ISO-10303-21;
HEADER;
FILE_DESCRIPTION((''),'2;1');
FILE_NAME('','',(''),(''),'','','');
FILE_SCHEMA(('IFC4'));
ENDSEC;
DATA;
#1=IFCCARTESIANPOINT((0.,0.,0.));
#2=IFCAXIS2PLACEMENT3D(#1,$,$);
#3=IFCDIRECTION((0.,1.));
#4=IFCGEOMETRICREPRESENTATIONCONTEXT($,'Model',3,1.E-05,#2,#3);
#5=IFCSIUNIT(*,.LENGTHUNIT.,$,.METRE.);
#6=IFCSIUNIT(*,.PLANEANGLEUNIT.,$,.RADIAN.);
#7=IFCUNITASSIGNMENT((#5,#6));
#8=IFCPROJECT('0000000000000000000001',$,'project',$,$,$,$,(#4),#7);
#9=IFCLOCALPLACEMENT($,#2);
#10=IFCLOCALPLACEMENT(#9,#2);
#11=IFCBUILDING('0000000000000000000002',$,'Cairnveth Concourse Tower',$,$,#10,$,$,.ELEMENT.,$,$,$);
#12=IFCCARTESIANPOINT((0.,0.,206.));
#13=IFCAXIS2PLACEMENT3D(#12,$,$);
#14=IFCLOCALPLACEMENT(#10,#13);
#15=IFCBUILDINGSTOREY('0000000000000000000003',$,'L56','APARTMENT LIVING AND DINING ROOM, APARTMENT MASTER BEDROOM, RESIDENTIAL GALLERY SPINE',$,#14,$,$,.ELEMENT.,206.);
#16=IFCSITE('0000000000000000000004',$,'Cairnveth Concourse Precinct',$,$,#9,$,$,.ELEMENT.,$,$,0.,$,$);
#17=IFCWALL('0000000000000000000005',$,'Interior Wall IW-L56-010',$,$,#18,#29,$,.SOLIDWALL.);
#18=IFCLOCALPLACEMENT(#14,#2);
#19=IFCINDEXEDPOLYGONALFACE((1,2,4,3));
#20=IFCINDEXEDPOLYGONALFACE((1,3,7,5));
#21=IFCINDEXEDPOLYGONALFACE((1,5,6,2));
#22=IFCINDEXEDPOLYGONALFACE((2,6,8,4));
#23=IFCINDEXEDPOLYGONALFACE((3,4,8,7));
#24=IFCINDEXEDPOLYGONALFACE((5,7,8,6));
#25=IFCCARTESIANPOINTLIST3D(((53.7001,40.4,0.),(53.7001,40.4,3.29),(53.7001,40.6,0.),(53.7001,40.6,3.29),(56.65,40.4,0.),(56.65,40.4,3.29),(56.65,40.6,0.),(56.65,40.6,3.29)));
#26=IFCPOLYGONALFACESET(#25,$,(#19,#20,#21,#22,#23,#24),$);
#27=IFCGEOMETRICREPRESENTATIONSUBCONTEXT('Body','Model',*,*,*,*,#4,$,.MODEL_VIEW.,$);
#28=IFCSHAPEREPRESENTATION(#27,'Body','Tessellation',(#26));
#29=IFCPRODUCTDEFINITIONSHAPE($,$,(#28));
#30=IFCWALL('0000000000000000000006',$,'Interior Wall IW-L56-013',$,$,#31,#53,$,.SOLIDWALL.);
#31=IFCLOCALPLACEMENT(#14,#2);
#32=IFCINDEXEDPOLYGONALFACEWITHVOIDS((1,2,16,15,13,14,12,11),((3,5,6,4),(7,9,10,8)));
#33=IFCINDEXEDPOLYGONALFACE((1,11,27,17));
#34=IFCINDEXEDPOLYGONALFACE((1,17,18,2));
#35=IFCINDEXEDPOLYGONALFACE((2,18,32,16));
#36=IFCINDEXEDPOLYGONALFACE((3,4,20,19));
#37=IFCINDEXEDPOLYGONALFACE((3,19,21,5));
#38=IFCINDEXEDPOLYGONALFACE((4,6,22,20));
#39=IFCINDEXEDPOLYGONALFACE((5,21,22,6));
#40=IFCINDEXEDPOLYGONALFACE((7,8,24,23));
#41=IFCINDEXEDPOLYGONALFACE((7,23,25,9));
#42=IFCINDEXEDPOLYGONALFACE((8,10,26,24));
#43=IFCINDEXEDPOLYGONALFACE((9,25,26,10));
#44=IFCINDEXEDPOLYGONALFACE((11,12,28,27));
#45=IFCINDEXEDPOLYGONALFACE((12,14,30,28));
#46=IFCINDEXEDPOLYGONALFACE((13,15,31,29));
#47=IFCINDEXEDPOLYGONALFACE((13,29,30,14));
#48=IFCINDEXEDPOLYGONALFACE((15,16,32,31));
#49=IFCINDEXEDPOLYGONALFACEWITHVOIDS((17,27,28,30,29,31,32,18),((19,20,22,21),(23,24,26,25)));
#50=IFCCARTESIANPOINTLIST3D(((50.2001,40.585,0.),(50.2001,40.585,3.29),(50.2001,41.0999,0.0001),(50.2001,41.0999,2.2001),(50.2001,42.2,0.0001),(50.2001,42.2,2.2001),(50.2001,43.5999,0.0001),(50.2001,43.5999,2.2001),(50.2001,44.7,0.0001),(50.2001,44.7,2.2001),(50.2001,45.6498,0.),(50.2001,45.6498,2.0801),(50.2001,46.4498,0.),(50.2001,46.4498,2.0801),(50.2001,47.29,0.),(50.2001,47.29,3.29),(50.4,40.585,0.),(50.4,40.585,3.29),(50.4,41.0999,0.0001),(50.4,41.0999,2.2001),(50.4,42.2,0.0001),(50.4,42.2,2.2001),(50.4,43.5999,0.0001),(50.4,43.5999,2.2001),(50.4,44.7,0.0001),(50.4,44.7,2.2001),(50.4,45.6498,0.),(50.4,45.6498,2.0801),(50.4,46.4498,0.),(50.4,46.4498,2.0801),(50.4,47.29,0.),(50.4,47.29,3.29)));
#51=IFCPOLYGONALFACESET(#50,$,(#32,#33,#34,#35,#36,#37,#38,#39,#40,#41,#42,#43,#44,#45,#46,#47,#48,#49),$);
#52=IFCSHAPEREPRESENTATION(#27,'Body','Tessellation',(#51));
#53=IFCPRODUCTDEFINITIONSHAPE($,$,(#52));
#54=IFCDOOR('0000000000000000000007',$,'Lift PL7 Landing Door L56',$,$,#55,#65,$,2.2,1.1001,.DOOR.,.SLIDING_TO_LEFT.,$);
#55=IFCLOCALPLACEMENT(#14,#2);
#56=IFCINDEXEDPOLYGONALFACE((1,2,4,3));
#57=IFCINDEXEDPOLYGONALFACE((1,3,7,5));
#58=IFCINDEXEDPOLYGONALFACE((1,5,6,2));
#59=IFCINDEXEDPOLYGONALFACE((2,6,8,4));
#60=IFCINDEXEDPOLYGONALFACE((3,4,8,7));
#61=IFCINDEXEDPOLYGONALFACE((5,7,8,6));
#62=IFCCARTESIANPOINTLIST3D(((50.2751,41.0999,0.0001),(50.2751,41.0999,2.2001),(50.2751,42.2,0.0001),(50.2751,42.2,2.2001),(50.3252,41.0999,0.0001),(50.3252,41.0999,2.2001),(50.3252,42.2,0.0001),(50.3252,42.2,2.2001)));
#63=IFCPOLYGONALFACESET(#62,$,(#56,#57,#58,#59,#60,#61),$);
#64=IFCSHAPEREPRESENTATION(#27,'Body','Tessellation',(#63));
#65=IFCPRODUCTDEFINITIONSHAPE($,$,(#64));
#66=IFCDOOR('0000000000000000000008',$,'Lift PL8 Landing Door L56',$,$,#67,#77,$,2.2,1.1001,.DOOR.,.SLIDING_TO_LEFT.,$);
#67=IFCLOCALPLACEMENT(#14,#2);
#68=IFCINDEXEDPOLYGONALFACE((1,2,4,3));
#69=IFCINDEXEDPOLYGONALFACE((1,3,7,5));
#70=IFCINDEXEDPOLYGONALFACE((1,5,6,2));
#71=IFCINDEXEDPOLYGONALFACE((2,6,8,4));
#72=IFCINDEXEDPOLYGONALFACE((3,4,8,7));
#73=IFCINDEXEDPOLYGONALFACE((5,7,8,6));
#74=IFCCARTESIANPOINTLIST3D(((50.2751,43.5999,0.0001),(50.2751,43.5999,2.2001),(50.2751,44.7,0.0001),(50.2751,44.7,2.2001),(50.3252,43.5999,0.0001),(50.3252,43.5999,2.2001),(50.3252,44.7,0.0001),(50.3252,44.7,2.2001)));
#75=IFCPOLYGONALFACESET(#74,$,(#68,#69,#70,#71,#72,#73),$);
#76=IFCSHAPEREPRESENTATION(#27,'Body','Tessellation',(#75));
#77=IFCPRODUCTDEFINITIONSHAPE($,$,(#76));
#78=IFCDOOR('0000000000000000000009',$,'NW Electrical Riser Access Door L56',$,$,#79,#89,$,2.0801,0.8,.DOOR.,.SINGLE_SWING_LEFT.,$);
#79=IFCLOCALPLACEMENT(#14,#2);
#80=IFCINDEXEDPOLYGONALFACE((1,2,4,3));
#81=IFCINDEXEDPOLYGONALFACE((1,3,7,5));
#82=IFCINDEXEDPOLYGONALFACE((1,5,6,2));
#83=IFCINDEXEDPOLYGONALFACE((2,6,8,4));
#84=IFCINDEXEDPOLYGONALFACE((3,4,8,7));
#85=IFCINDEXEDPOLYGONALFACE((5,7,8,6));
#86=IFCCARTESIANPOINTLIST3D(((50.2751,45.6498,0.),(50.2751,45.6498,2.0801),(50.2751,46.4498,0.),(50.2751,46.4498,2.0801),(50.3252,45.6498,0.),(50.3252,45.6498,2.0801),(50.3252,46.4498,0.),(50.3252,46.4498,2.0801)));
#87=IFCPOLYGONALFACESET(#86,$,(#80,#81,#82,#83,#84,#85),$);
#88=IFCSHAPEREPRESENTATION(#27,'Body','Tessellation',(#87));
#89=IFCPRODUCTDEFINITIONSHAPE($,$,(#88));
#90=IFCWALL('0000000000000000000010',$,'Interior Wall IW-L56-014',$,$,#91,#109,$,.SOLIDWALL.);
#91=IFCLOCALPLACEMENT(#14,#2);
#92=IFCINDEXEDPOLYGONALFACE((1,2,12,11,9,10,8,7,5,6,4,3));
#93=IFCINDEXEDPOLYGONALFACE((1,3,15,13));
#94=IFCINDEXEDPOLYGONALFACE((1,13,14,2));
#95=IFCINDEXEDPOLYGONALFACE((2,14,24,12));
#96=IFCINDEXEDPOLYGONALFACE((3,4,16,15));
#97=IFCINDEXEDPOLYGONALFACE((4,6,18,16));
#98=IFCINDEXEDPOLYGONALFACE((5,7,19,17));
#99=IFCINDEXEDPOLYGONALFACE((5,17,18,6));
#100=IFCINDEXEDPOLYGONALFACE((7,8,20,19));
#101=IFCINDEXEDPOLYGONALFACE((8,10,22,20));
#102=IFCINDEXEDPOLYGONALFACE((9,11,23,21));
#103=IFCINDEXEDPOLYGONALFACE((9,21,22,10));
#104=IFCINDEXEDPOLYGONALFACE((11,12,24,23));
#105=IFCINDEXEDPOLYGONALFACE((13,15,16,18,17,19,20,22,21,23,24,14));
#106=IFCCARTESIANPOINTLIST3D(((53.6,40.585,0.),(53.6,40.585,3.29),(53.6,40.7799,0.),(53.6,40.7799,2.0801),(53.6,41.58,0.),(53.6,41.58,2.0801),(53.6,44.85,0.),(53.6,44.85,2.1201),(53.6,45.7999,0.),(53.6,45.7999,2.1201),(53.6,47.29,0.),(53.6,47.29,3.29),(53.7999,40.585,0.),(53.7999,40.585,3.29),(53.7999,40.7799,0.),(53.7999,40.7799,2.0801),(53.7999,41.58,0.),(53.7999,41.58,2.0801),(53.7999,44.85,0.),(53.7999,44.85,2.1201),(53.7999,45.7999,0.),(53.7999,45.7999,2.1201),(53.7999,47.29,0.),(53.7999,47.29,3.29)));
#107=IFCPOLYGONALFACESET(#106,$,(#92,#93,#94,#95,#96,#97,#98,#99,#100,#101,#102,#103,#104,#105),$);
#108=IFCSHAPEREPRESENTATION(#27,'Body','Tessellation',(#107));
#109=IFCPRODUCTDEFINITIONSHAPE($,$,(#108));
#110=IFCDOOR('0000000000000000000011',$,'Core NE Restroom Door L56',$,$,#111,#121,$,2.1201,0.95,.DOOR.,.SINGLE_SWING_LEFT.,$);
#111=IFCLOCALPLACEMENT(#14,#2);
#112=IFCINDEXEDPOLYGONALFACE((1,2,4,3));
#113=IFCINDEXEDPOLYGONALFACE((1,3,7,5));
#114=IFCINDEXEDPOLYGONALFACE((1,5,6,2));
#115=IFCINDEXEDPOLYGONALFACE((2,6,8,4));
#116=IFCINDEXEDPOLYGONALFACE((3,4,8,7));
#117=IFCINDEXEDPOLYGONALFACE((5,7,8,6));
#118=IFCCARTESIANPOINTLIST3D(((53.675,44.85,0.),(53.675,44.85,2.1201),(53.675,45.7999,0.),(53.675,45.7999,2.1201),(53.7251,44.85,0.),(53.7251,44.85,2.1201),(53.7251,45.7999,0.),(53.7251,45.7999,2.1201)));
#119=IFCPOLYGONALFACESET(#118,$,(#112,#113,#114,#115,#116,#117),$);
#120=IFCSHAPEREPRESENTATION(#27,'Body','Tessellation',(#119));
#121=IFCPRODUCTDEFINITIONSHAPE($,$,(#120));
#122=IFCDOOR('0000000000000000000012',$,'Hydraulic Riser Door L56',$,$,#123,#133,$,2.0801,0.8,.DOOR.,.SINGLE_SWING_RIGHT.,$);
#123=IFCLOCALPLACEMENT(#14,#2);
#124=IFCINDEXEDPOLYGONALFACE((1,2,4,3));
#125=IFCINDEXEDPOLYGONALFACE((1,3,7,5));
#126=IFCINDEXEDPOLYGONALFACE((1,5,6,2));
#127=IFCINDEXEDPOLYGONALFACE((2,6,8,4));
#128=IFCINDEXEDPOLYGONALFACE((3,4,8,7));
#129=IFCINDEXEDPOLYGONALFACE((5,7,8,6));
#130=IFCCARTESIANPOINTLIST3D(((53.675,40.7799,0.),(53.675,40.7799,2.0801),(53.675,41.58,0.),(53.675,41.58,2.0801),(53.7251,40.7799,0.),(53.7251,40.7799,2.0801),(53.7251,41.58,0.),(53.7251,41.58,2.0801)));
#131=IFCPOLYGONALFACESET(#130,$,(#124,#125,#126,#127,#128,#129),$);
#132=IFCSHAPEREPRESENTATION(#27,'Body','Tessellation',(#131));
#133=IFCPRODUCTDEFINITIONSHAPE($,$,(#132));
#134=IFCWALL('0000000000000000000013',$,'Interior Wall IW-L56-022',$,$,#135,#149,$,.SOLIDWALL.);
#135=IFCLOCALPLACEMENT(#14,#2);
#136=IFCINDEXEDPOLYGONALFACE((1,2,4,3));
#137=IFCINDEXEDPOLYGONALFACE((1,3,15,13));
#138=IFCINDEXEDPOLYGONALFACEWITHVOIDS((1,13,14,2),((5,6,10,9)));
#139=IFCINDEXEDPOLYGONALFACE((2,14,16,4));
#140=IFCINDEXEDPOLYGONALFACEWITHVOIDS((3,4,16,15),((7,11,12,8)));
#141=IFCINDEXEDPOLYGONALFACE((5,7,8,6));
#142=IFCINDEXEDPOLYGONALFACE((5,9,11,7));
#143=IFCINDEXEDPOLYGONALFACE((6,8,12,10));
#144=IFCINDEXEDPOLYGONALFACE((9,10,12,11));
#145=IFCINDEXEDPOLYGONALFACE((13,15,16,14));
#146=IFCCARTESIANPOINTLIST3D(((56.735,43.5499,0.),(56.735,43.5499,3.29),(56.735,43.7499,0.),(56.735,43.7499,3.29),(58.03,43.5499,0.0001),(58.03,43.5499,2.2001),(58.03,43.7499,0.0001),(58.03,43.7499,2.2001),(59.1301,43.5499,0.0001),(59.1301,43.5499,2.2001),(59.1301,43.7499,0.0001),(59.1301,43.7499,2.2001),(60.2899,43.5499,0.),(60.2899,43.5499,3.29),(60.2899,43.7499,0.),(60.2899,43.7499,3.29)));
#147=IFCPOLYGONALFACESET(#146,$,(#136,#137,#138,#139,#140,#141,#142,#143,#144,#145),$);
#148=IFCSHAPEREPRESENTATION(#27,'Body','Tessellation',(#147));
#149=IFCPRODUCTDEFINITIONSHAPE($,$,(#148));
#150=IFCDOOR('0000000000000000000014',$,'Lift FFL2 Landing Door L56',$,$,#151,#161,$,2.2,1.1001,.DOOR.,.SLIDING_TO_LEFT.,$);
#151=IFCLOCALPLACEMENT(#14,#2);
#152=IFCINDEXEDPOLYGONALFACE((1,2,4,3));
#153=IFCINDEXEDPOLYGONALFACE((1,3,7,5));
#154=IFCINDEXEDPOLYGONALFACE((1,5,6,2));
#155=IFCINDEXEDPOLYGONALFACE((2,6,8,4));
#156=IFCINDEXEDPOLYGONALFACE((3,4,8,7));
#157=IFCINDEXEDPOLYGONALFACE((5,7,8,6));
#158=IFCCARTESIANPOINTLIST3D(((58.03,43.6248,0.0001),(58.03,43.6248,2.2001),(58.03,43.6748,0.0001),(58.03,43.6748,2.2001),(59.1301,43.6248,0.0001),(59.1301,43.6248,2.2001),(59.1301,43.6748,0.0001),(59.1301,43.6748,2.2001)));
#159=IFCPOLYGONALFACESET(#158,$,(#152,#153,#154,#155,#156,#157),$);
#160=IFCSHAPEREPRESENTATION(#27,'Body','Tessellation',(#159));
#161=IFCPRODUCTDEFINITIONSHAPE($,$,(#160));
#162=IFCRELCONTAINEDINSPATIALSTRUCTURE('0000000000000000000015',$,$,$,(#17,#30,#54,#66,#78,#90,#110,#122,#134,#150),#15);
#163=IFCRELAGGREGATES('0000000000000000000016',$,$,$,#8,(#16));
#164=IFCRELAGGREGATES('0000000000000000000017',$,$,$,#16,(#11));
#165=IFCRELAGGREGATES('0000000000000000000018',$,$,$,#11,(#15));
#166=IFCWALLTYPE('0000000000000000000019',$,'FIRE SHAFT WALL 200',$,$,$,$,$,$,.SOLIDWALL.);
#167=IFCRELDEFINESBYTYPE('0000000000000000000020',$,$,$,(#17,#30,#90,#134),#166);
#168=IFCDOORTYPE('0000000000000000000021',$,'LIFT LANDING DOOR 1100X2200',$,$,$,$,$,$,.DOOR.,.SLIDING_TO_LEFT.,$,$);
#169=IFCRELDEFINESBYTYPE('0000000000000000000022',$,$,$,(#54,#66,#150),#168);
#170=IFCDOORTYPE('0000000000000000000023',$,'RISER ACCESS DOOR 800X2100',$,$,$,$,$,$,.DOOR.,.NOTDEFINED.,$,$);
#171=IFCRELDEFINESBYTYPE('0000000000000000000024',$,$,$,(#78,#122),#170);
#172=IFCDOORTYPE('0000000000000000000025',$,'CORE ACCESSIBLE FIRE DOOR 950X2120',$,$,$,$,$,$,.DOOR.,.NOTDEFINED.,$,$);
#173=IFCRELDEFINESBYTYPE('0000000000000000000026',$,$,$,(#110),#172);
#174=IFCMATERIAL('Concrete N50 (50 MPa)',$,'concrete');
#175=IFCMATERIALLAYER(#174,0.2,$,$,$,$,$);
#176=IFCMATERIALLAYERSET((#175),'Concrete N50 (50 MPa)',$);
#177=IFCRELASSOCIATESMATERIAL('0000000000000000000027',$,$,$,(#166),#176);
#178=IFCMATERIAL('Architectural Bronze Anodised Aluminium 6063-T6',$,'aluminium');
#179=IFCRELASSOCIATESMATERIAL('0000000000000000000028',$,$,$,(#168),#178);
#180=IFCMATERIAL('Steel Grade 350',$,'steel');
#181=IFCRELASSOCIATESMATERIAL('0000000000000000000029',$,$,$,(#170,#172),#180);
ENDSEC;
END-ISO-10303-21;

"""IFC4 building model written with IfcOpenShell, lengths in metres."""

from ifc_helpers import new_model, si_unit, direction, frame, frame_2d, origin, place, context, subcontext, project, spatial, rectangle, extrude, material, layer, layer_set, type_object, element, fill, save


model = new_model("IFC4")

# Units and contexts
model_context = context("Model", 3, precision=1e-05, world=origin(), true_north=direction((0.0, 1.0)))
body_context = subcontext(model_context, "Body", "Model", "MODEL_VIEW")
ifc_project = project(units=[si_unit("LENGTHUNIT", "METRE"), si_unit("PLANEANGLEUNIT", "RADIAN")], contexts=[model_context])

# Site, building, storey
site_placement = place(None, origin())
site = spatial("IfcSite", under=ifc_project, at=site_placement, Name="Cairnveth Concourse Precinct", CompositionType="ELEMENT", RefElevation=0.0)
building_placement = place(site_placement, origin())
building = spatial("IfcBuilding", under=site, at=building_placement, Name="Cairnveth Concourse Tower", CompositionType="ELEMENT")
storey_placement = place(building_placement, frame((0.0, 0.0, 206.0)))
storey = spatial("IfcBuildingStorey", under=building, at=storey_placement, Name="L56", Description="APARTMENT LIVING AND DINING ROOM, APARTMENT MASTER BEDROOM, RESIDENTIAL GALLERY SPINE", CompositionType="ELEMENT", Elevation=206.0)

# Shared definitions
ifc_material_1 = material(Name="Steel Grade 350", Category="steel")

# Wall
ifc_material_2 = material(Name="Concrete N50 (50 MPa)", Category="concrete")
ifc_layer_1 = layer(ifc_material_2, 0.2)
ifc_layer_set_1 = layer_set([ifc_layer_1], Name="Concrete N50 (50 MPa)")
wall_type_1 = type_object("IfcWallType", Name="FIRE SHAFT WALL 200", PredefinedType="SOLIDWALL", material=ifc_layer_set_1)
wall_1_placement = place(storey_placement, frame((53.7, 40.5, 0.0), z_axis=(0.0, 0.0, 1.0), x_axis=(1.0, 0.0, 0.0)))
element("IfcWall", 1, at=wall_1_placement, inside=storey, type_object=wall_type_1, Name="Interior Wall IW-L56-010", PredefinedType="SOLIDWALL", context=body_context, shape_type="SweptSolid", body=[
    extrude(rectangle(XDim=2.95, YDim=0.2, at=frame_2d((1.4751, 0.0))), origin(), (0.0, 0.0, 1.0), 3.29),
])

# Walls, openings, doors
wall_2_placement = place(storey_placement, frame((50.3, 40.585, 0.0), z_axis=(0.0, 0.0, 1.0), x_axis=(0.0, 1.0, 0.0)))
wall_2 = element("IfcWall", 2, at=wall_2_placement, inside=storey, type_object=wall_type_1, Name="Interior Wall IW-L56-013", PredefinedType="SOLIDWALL", context=body_context, shape_type="SweptSolid", body=[
    extrude(rectangle(XDim=6.7051, YDim=0.2, at=frame_2d((3.3525, 0.0))), origin(), (0.0, 0.0, 1.0), 3.29),
])
opening_1_placement = place(wall_2_placement, frame((0.5149, 0.0, 0.0)))
opening_1 = element("IfcOpeningElement", 3, at=opening_1_placement, cuts=wall_2, PredefinedType="OPENING", context=body_context, shape_type="SweptSolid", body=[
    extrude(rectangle(XDim=1.1001, YDim=2.2, at=frame_2d((0.55, 1.1001))), frame((0.0, 0.1099, 0.0), z_axis=(0.0, -1.0, 0.0), x_axis=(1.0, 0.0, 0.0)), (0.0, 0.0, 1.0), 0.22),
])
opening_2_placement = place(wall_2_placement, frame((3.0149, 0.0, 0.0)))
opening_2 = element("IfcOpeningElement", 4, at=opening_2_placement, cuts=wall_2, PredefinedType="OPENING", context=body_context, shape_type="SweptSolid", body=[
    extrude(rectangle(XDim=1.1001, YDim=2.2, at=frame_2d((0.55, 1.1001))), frame((0.0, 0.1099, 0.0), z_axis=(0.0, -1.0, 0.0), x_axis=(1.0, 0.0, 0.0)), (0.0, 0.0, 1.0), 0.22),
])
opening_3_placement = place(wall_2_placement, frame((5.0649, 0.0, 0.0)))
opening_3 = element("IfcOpeningElement", 5, at=opening_3_placement, cuts=wall_2, PredefinedType="OPENING", context=body_context, shape_type="SweptSolid", body=[
    extrude(rectangle(XDim=0.8, YDim=2.0801, at=frame_2d((0.3999, 1.04))), frame((0.0, 0.1099, 0.0), z_axis=(0.0, -1.0, 0.0), x_axis=(1.0, 0.0, 0.0)), (0.0, 0.0, 1.0), 0.22),
])
ifc_material_3 = material(Name="Architectural Bronze Anodised Aluminium 6063-T6", Category="aluminium")
door_type_1 = type_object("IfcDoorType", Name="LIFT LANDING DOOR 1100X2200", OperationType="SLIDING_TO_LEFT", PredefinedType="DOOR", material=ifc_material_3)
door_1_placement = place(opening_1_placement, origin())
door_1 = element("IfcDoor", 6, at=door_1_placement, inside=storey, type_object=door_type_1, Name="Lift PL7 Landing Door L56", OperationType="SLIDING_TO_LEFT", OverallHeight=2.2, OverallWidth=1.1001, PredefinedType="DOOR", context=body_context, shape_type="SweptSolid", body=[
    extrude(rectangle(XDim=1.1001, YDim=2.2, at=frame_2d((0.55, 1.1001))), frame((0.0, 0.0249, 0.0), z_axis=(0.0, -1.0, 0.0), x_axis=(1.0, 0.0, 0.0)), (0.0, 0.0, 1.0), 0.05),
])
fill(opening_1, door_1)
door_2_placement = place(opening_2_placement, origin())
door_2 = element("IfcDoor", 7, at=door_2_placement, inside=storey, type_object=door_type_1, Name="Lift PL8 Landing Door L56", OperationType="SLIDING_TO_LEFT", OverallHeight=2.2, OverallWidth=1.1001, PredefinedType="DOOR", context=body_context, shape_type="SweptSolid", body=[
    extrude(rectangle(XDim=1.1001, YDim=2.2, at=frame_2d((0.55, 1.1001))), frame((0.0, 0.0249, 0.0), z_axis=(0.0, -1.0, 0.0), x_axis=(1.0, 0.0, 0.0)), (0.0, 0.0, 1.0), 0.05),
])
fill(opening_2, door_2)
door_type_2 = type_object("IfcDoorType", Name="RISER ACCESS DOOR 800X2100", OperationType="NOTDEFINED", PredefinedType="DOOR", material=ifc_material_1)
door_3_placement = place(opening_3_placement, origin())
door_3 = element("IfcDoor", 8, at=door_3_placement, inside=storey, type_object=door_type_2, Name="NW Electrical Riser Access Door L56", OperationType="SINGLE_SWING_LEFT", OverallHeight=2.0801, OverallWidth=0.8, PredefinedType="DOOR", context=body_context, shape_type="SweptSolid", body=[
    extrude(rectangle(XDim=0.8, YDim=2.0801, at=frame_2d((0.3999, 1.04))), frame((0.0, 0.0249, 0.0), z_axis=(0.0, -1.0, 0.0), x_axis=(1.0, 0.0, 0.0)), (0.0, 0.0, 1.0), 0.05),
])
fill(opening_3, door_3)
wall_3_placement = place(storey_placement, frame((53.7, 40.585, 0.0), z_axis=(0.0, 0.0, 1.0), x_axis=(0.0, 1.0, 0.0)))
wall_3 = element("IfcWall", 9, at=wall_3_placement, inside=storey, type_object=wall_type_1, Name="Interior Wall IW-L56-014", PredefinedType="SOLIDWALL", context=body_context, shape_type="SweptSolid", body=[
    extrude(rectangle(XDim=6.7051, YDim=0.2, at=frame_2d((3.3525, 0.0))), origin(), (0.0, 0.0, 1.0), 3.29),
])
opening_4_placement = place(wall_3_placement, frame((0.1951, 0.0, 0.0)))
opening_4 = element("IfcOpeningElement", 10, at=opening_4_placement, cuts=wall_3, PredefinedType="OPENING", context=body_context, shape_type="SweptSolid", body=[
    extrude(rectangle(XDim=0.8, YDim=2.0801, at=frame_2d((0.3999, 1.04))), frame((0.0, 0.1099, 0.0), z_axis=(0.0, -1.0, 0.0), x_axis=(1.0, 0.0, 0.0)), (0.0, 0.0, 1.0), 0.22),
])
opening_5_placement = place(wall_3_placement, frame((4.2649, 0.0, 0.0)))
opening_5 = element("IfcOpeningElement", 11, at=opening_5_placement, cuts=wall_3, PredefinedType="OPENING", context=body_context, shape_type="SweptSolid", body=[
    extrude(rectangle(XDim=0.95, YDim=2.1201, at=frame_2d((0.4751, 1.0601))), frame((0.0, 0.1099, 0.0), z_axis=(0.0, -1.0, 0.0), x_axis=(1.0, 0.0, 0.0)), (0.0, 0.0, 1.0), 0.22),
])
door_type_3 = type_object("IfcDoorType", Name="CORE ACCESSIBLE FIRE DOOR 950X2120", OperationType="NOTDEFINED", PredefinedType="DOOR", material=ifc_material_1)
door_4_placement = place(opening_5_placement, origin())
door_4 = element("IfcDoor", 12, at=door_4_placement, inside=storey, type_object=door_type_3, Name="Core NE Restroom Door L56", OperationType="SINGLE_SWING_LEFT", OverallHeight=2.1201, OverallWidth=0.95, PredefinedType="DOOR", context=body_context, shape_type="SweptSolid", body=[
    extrude(rectangle(XDim=0.95, YDim=2.1201, at=frame_2d((0.4751, 1.0601))), frame((0.0, 0.0249, 0.0), z_axis=(0.0, -1.0, 0.0), x_axis=(1.0, 0.0, 0.0)), (0.0, 0.0, 1.0), 0.05),
])
fill(opening_5, door_4)
door_5_placement = place(opening_4_placement, origin())
door_5 = element("IfcDoor", 13, at=door_5_placement, inside=storey, type_object=door_type_2, Name="Hydraulic Riser Door L56", OperationType="SINGLE_SWING_RIGHT", OverallHeight=2.0801, OverallWidth=0.8, PredefinedType="DOOR", context=body_context, shape_type="SweptSolid", body=[
    extrude(rectangle(XDim=0.8, YDim=2.0801, at=frame_2d((0.3999, 1.04))), frame((0.0, 0.0249, 0.0), z_axis=(0.0, -1.0, 0.0), x_axis=(1.0, 0.0, 0.0)), (0.0, 0.0, 1.0), 0.05),
])
fill(opening_4, door_5)

# Wall, opening, door
wall_4_placement = place(storey_placement, frame((56.7351, 43.6499, 0.0), z_axis=(0.0, 0.0, 1.0), x_axis=(1.0, 0.0, 0.0)))
wall_4 = element("IfcWall", 14, at=wall_4_placement, inside=storey, type_object=wall_type_1, Name="Interior Wall IW-L56-022", PredefinedType="SOLIDWALL", context=body_context, shape_type="SweptSolid", body=[
    extrude(rectangle(XDim=3.5549, YDim=0.2, at=frame_2d((1.7773, 0.0))), origin(), (0.0, 0.0, 1.0), 3.29),
])
opening_6_placement = place(wall_4_placement, frame((1.2949, 0.0, 0.0)))
opening_6 = element("IfcOpeningElement", 15, at=opening_6_placement, cuts=wall_4, PredefinedType="OPENING", context=body_context, shape_type="SweptSolid", body=[
    extrude(rectangle(XDim=1.1001, YDim=2.2, at=frame_2d((0.55, 1.1001))), frame((0.0, 0.1099, 0.0), z_axis=(0.0, -1.0, 0.0), x_axis=(1.0, 0.0, 0.0)), (0.0, 0.0, 1.0), 0.22),
])
door_6_placement = place(opening_6_placement, origin())
door_6 = element("IfcDoor", 16, at=door_6_placement, inside=storey, type_object=door_type_1, Name="Lift FFL2 Landing Door L56", OperationType="SLIDING_TO_LEFT", OverallHeight=2.2, OverallWidth=1.1001, PredefinedType="DOOR", context=body_context, shape_type="SweptSolid", body=[
    extrude(rectangle(XDim=1.1001, YDim=2.2, at=frame_2d((0.55, 1.1001))), frame((0.0, 0.0249, 0.0), z_axis=(0.0, -1.0, 0.0), x_axis=(1.0, 0.0, 0.0)), (0.0, 0.0, 1.0), 0.05),
])
fill(opening_6, door_6)

save(model, "model.ifc")
